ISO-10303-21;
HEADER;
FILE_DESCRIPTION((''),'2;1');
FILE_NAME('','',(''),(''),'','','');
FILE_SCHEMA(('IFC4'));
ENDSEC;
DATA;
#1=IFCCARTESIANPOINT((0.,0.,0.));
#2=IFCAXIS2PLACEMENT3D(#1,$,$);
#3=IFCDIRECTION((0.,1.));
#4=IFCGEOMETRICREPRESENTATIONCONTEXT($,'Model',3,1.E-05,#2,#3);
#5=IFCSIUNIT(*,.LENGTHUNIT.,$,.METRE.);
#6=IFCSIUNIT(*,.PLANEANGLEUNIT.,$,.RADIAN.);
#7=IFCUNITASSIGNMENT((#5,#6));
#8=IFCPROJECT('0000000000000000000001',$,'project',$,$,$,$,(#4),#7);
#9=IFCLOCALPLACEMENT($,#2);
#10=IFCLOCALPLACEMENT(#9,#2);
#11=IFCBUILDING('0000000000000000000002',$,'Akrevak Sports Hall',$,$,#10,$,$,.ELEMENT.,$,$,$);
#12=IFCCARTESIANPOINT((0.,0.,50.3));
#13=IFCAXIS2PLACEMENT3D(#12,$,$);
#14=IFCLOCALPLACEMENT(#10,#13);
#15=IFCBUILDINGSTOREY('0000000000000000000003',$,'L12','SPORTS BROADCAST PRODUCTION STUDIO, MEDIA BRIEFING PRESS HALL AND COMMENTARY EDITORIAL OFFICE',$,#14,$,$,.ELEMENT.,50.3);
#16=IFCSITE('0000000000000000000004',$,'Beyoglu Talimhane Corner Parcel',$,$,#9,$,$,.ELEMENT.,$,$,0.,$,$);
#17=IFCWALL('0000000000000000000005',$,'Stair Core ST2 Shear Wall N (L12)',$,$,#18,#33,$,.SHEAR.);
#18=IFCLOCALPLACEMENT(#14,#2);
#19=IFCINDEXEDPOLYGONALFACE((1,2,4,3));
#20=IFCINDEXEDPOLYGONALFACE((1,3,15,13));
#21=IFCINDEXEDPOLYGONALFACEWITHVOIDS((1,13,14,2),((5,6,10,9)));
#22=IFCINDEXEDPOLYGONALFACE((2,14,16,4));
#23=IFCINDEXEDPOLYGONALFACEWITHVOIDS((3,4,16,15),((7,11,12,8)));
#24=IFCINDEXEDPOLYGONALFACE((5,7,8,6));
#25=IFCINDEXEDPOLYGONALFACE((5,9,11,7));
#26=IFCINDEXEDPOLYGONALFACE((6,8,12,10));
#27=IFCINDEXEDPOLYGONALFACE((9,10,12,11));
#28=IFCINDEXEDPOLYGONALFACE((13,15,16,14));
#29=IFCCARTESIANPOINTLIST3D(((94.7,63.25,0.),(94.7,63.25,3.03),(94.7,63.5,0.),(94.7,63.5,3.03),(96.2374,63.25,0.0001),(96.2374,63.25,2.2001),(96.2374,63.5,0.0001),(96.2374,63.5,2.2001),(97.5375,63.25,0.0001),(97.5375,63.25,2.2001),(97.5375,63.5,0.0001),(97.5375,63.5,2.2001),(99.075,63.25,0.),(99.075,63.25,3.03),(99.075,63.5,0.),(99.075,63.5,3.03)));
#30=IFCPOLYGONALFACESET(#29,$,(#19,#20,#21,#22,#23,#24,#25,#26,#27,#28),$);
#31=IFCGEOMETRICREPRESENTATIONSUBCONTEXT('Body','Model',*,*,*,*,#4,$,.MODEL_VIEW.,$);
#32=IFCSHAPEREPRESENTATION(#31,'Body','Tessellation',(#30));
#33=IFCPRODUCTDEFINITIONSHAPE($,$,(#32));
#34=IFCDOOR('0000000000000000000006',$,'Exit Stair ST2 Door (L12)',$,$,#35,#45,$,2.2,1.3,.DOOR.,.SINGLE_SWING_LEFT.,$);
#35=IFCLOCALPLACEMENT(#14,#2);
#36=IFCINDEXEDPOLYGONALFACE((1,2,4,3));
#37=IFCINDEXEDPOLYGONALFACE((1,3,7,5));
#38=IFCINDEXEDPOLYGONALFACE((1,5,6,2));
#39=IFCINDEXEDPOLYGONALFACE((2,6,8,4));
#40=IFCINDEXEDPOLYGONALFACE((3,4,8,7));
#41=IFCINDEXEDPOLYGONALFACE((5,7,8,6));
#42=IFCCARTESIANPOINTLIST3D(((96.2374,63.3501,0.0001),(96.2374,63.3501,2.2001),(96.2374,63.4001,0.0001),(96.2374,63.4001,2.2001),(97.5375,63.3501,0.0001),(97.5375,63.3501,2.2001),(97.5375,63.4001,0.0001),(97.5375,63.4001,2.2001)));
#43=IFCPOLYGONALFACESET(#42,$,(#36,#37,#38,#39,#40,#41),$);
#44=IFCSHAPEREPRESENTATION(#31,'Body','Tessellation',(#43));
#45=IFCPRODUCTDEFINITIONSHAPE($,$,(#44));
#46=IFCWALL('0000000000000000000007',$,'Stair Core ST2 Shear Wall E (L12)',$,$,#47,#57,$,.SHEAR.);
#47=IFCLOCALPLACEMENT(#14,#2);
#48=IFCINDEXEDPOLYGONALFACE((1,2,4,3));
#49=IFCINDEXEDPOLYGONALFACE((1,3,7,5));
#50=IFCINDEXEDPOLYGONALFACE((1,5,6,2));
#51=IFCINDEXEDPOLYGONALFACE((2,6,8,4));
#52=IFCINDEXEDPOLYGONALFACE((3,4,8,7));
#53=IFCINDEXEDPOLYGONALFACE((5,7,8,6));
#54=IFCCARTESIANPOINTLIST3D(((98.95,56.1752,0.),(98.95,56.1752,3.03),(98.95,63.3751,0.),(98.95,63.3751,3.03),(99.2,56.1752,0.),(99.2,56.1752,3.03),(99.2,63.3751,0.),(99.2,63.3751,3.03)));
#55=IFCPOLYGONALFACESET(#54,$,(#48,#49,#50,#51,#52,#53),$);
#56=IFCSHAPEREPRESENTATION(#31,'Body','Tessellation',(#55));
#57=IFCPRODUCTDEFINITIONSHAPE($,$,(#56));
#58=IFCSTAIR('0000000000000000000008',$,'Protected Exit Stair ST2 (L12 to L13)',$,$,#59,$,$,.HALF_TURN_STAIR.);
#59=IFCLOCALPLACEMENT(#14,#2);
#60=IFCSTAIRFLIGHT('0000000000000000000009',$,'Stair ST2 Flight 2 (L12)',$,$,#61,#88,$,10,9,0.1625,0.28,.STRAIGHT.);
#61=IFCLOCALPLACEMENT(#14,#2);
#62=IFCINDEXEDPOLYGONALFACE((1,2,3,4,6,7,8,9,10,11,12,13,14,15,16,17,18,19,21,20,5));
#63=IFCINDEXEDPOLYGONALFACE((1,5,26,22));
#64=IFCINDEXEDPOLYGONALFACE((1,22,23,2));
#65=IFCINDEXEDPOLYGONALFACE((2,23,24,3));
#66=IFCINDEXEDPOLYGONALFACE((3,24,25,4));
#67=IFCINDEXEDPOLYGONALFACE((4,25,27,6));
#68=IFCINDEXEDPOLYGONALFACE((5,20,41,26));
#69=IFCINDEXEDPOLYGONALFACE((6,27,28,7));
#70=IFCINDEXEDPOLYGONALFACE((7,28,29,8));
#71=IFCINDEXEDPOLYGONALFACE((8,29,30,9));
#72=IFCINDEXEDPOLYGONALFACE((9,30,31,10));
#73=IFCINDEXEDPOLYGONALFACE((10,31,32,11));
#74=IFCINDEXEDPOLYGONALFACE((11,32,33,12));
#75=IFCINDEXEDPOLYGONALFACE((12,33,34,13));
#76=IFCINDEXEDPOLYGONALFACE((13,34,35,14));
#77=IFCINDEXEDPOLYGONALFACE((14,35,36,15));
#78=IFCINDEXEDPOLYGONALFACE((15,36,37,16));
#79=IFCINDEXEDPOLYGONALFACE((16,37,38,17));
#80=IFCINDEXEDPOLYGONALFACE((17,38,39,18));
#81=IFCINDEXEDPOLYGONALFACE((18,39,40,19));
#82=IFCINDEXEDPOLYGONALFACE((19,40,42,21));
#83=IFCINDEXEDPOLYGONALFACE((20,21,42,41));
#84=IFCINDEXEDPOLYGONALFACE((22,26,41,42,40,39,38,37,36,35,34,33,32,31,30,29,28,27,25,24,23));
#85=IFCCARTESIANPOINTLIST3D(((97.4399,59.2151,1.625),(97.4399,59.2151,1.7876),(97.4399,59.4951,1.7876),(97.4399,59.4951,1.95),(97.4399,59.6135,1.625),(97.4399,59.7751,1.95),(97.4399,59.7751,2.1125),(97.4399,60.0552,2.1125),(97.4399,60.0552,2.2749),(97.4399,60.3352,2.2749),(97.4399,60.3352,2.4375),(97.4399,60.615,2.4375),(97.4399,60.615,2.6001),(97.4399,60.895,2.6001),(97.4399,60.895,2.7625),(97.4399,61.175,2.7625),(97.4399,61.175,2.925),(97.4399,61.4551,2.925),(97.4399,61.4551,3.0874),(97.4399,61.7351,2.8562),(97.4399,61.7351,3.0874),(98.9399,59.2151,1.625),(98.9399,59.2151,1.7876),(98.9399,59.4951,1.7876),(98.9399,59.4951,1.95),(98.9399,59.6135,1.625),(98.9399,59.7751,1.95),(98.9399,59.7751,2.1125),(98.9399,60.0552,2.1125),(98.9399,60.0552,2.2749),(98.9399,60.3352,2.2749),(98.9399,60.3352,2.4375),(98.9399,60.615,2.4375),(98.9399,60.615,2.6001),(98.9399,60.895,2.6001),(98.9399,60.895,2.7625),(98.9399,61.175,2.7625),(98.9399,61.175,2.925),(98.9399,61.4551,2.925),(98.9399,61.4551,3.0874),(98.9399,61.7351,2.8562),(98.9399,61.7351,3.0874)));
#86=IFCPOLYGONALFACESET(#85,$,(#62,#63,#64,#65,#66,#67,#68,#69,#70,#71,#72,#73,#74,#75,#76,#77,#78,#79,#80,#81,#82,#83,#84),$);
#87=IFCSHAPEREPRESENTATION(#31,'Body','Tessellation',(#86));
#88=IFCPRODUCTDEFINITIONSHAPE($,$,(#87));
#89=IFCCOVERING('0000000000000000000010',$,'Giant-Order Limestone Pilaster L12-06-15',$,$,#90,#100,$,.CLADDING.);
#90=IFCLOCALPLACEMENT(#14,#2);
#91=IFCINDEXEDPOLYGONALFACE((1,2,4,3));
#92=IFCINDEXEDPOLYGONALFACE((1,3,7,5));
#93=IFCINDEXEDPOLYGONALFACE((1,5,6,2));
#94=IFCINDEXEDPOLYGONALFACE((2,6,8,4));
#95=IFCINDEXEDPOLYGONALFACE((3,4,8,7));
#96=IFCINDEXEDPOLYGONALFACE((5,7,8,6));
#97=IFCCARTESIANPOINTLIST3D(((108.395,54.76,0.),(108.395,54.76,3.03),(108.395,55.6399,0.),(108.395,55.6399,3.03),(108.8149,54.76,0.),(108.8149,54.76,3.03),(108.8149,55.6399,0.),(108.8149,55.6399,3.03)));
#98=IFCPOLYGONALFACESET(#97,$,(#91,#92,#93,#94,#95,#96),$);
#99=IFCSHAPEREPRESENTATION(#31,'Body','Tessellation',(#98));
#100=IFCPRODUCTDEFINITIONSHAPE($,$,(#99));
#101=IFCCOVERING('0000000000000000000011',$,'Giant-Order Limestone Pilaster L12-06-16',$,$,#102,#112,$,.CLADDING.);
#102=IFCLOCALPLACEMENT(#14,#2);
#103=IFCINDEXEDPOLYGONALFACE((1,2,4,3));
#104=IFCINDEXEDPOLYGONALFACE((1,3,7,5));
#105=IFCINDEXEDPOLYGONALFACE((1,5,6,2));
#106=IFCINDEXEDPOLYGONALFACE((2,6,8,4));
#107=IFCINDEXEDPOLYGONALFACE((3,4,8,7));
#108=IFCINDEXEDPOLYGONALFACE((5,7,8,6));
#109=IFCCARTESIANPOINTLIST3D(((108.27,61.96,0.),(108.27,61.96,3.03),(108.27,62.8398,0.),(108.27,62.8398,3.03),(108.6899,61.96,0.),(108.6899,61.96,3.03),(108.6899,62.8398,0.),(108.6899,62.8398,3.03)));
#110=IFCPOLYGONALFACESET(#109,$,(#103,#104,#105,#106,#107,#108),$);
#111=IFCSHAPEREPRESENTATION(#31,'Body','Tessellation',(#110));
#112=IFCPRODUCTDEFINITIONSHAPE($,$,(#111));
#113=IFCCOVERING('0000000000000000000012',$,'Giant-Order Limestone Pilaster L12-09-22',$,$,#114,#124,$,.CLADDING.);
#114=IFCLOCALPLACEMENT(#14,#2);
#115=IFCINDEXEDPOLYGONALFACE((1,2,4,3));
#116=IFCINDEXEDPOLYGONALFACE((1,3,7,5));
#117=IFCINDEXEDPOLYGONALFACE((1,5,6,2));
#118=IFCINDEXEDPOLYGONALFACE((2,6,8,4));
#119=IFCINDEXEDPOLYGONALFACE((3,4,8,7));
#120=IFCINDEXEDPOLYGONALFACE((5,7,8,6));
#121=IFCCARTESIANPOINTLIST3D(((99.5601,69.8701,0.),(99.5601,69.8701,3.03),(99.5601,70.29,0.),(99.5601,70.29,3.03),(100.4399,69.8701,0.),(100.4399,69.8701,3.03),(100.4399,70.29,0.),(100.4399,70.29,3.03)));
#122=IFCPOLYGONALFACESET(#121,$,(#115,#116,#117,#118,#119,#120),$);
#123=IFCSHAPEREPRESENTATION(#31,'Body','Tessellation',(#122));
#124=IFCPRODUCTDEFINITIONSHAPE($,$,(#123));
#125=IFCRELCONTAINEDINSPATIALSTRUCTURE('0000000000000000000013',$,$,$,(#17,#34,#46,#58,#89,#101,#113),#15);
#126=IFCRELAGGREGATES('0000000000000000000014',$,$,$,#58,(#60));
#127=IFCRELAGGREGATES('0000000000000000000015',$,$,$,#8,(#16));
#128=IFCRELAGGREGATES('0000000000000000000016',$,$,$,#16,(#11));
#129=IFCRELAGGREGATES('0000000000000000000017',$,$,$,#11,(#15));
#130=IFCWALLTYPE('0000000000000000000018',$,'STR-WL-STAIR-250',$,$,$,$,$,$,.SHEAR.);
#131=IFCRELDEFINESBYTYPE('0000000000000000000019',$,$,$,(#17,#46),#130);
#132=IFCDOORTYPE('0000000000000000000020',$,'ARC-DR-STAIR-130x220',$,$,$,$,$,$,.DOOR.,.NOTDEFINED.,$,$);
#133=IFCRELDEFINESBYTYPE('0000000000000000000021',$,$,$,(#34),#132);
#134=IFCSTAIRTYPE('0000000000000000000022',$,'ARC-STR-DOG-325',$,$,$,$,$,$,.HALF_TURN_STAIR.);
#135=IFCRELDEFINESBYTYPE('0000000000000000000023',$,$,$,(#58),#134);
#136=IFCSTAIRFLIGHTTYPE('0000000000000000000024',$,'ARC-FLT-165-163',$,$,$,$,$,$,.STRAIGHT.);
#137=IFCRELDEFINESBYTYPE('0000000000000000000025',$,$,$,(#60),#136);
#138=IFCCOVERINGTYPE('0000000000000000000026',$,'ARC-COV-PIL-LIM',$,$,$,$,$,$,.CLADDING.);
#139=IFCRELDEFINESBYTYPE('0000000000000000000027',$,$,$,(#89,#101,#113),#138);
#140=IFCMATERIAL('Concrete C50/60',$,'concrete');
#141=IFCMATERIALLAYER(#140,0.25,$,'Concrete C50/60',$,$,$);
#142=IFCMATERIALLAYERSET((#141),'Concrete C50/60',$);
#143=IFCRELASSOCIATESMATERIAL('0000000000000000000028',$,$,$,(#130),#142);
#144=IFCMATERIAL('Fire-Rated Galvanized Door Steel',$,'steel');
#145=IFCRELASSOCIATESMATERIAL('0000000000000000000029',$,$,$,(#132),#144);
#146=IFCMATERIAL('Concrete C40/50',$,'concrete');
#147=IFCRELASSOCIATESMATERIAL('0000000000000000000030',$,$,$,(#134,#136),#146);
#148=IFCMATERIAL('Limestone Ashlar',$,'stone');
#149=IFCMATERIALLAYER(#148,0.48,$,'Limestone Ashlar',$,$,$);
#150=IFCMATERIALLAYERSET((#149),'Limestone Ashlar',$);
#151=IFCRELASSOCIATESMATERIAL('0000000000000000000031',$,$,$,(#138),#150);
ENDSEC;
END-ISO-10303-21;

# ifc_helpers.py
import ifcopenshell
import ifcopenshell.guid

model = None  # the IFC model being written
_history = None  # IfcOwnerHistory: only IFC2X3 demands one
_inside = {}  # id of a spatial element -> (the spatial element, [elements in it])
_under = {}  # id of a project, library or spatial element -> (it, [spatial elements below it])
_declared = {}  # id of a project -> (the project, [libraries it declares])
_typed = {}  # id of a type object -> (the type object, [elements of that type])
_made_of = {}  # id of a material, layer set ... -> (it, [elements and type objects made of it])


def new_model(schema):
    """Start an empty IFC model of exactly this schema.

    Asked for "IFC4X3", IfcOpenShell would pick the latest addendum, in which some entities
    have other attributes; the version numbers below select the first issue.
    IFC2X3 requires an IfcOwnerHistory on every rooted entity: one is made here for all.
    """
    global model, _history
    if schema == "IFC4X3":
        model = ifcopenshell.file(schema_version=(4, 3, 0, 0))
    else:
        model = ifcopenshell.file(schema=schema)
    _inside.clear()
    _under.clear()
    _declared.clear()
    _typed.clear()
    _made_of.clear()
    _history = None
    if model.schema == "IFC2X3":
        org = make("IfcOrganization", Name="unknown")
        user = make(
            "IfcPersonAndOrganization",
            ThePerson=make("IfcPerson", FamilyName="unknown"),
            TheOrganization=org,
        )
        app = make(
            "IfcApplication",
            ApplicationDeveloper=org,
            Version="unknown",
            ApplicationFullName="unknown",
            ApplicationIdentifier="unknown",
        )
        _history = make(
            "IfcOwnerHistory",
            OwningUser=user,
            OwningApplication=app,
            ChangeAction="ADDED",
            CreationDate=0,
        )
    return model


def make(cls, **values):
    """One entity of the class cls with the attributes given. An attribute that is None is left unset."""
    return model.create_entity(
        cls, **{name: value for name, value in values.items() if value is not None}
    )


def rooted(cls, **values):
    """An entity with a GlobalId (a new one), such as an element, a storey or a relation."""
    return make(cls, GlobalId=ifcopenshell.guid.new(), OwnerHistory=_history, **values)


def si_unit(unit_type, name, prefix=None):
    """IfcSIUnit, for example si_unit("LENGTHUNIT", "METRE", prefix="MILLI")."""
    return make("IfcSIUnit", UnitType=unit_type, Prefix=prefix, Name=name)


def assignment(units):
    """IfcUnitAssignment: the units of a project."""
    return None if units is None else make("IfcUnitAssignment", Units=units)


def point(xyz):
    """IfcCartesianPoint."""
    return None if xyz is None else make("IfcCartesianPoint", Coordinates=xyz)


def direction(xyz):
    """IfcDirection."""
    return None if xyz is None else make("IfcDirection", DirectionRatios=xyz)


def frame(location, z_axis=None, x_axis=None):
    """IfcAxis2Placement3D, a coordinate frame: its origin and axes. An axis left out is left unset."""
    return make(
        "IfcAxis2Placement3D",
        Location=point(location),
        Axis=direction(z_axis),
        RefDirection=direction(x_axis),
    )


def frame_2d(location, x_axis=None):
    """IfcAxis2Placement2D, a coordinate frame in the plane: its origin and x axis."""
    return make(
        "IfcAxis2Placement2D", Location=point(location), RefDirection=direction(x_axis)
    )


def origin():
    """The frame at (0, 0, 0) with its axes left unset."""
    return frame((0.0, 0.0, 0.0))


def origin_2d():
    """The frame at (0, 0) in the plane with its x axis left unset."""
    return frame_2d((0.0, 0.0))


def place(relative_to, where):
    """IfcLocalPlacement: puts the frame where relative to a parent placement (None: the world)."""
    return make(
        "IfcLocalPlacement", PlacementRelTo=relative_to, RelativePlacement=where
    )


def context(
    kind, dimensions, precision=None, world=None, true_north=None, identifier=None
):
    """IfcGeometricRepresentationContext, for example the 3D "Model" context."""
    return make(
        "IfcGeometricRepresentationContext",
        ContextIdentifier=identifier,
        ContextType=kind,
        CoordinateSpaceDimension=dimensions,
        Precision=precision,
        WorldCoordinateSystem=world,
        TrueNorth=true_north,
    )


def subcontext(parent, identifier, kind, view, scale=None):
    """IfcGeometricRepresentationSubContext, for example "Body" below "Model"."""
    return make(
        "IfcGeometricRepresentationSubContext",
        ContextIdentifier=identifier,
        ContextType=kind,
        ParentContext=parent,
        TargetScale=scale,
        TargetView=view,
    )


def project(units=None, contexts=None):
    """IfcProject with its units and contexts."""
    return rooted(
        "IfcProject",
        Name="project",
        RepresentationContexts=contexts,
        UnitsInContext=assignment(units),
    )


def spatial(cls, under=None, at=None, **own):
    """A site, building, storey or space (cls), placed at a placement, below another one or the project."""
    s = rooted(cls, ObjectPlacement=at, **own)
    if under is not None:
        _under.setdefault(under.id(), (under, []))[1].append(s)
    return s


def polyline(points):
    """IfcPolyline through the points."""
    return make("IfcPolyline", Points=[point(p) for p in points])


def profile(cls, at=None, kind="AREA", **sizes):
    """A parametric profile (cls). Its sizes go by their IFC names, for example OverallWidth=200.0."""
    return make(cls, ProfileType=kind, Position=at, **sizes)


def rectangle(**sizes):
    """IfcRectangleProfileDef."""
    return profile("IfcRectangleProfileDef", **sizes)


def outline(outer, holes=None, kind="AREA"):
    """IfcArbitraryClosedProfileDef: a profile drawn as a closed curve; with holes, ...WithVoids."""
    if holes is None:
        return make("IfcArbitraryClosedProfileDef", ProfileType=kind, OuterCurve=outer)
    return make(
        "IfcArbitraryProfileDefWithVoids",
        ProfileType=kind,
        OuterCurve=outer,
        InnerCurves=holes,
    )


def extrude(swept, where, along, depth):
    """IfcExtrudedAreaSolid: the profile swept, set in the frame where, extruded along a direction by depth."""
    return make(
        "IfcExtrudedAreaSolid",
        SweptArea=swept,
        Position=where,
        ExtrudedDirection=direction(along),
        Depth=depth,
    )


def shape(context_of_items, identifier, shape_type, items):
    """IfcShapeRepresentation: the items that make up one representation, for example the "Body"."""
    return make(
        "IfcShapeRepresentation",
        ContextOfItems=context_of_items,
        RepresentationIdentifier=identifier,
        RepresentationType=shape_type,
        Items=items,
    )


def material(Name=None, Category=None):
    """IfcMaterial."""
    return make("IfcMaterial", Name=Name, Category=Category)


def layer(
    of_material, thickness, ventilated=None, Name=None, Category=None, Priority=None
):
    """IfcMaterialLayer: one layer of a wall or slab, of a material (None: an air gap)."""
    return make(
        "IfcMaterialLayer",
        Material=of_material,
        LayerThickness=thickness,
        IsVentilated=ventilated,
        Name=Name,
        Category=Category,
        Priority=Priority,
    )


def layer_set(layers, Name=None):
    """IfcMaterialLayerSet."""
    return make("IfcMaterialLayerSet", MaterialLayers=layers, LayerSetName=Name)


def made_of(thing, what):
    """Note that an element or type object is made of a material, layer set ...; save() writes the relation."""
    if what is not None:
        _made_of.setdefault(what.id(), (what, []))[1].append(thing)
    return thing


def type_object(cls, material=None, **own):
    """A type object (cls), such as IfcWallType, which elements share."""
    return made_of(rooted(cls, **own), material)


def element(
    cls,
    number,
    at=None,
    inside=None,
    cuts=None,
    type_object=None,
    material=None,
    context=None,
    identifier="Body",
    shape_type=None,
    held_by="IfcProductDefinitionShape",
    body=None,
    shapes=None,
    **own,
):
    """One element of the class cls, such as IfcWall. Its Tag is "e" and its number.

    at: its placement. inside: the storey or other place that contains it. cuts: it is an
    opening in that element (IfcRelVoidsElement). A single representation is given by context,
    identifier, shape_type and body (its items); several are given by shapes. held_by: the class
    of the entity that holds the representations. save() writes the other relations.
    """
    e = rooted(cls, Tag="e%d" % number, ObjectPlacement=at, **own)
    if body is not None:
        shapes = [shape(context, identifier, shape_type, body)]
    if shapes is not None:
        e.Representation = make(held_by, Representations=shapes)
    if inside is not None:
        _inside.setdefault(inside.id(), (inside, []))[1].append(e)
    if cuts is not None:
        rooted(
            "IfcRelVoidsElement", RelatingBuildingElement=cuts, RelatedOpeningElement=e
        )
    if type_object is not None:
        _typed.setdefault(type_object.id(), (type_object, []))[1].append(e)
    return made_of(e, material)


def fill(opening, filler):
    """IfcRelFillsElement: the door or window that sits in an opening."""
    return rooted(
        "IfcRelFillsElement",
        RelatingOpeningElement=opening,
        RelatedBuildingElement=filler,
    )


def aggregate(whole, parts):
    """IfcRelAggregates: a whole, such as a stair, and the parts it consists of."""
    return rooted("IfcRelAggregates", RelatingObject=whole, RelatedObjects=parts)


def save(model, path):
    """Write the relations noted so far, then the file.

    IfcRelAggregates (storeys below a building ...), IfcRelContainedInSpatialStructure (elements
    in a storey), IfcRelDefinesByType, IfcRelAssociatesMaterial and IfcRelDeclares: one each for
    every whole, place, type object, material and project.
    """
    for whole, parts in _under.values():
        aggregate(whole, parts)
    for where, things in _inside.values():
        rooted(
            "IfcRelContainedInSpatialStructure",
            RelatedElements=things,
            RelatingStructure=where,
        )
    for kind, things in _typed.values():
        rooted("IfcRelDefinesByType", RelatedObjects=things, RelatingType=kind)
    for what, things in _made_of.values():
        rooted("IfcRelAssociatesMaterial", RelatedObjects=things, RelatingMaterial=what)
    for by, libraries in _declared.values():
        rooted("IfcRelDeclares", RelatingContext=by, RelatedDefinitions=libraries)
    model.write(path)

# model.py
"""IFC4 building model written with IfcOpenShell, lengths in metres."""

from ifc_helpers import new_model, si_unit, direction, frame, frame_2d, origin, origin_2d, place, context, subcontext, project, spatial, polyline, rectangle, outline, extrude, material, layer, layer_set, type_object, element, fill, aggregate, save


model = new_model("IFC4")

# Units and contexts
model_context = context("Model", 3, precision=1e-05, world=origin(), true_north=direction((0.0, 1.0)))
body_context = subcontext(model_context, "Body", "Model", "MODEL_VIEW")
ifc_project = project(units=[si_unit("LENGTHUNIT", "METRE"), si_unit("PLANEANGLEUNIT", "RADIAN")], contexts=[model_context])

# Site, building, storey
site_placement = place(None, origin())
site = spatial("IfcSite", under=ifc_project, at=site_placement, Name="Beyoglu Talimhane Corner Parcel", CompositionType="ELEMENT", RefElevation=0.0)
building_placement = place(site_placement, origin())
building = spatial("IfcBuilding", under=site, at=building_placement, Name="Akrevak Sports Hall", CompositionType="ELEMENT")
storey_placement = place(building_placement, frame((0.0, 0.0, 50.3)))
storey = spatial("IfcBuildingStorey", under=building, at=storey_placement, Name="L12", Description="SPORTS BROADCAST PRODUCTION STUDIO, MEDIA BRIEFING PRESS HALL AND COMMENTARY EDITORIAL OFFICE", CompositionType="ELEMENT", Elevation=50.3)

# Shared definitions
ifc_material_1 = material(Name="Concrete C40/50", Category="concrete")
ifc_material_2 = material(Name="Concrete C50/60", Category="concrete")

# Shared definitions
ifc_material_3 = material(Name="Limestone Ashlar", Category="stone")

# Wall, opening, door
ifc_layer_1 = layer(ifc_material_2, 0.25, Name="Concrete C50/60")
ifc_layer_set_1 = layer_set([ifc_layer_1], Name="Concrete C50/60")
wall_type_1 = type_object("IfcWallType", Name="STR-WL-STAIR-250", PredefinedType="SHEAR", material=ifc_layer_set_1)
wall_1_placement = place(storey_placement, frame((99.075, 63.375, 0.0), z_axis=(0.0, 0.0, 1.0), x_axis=(-1.0, 0.0, 0.0)))
wall_1 = element("IfcWall", 1, at=wall_1_placement, inside=storey, type_object=wall_type_1, Name="Stair Core ST2 Shear Wall N (L12)", PredefinedType="SHEAR", context=body_context, shape_type="SweptSolid", body=[
    extrude(rectangle(XDim=4.375, YDim=0.25, at=frame_2d((2.1875, 0.0))), origin(), (0.0, 0.0, 1.0), 3.03),
])
opening_1_placement = place(wall_1_placement, frame((1.5376, 0.0, 0.0)))
opening_1 = element("IfcOpeningElement", 2, at=opening_1_placement, cuts=wall_1, PredefinedType="OPENING", context=body_context, shape_type="SweptSolid", body=[
    extrude(rectangle(XDim=1.3, YDim=2.2, at=frame_2d((0.6499, 1.1001))), frame((0.0, 0.137, 0.0), z_axis=(0.0, -1.0, 0.0), x_axis=(1.0, 0.0, 0.0)), (0.0, 0.0, 1.0), 0.2739),
])
ifc_material_4 = material(Name="Fire-Rated Galvanized Door Steel", Category="steel")
door_type = type_object("IfcDoorType", Name="ARC-DR-STAIR-130x220", OperationType="NOTDEFINED", PredefinedType="DOOR", material=ifc_material_4)
door_placement = place(opening_1_placement, origin())
door = element("IfcDoor", 3, at=door_placement, inside=storey, type_object=door_type, Name="Exit Stair ST2 Door (L12)", OperationType="SINGLE_SWING_LEFT", OverallHeight=2.2, OverallWidth=1.3, PredefinedType="DOOR", context=body_context, shape_type="SweptSolid", body=[
    extrude(rectangle(XDim=1.3, YDim=2.2, at=frame_2d((0.6499, 1.1001))), frame((0.0, 0.0249, 0.0), z_axis=(0.0, -1.0, 0.0), x_axis=(1.0, 0.0, 0.0)), (0.0, 0.0, 1.0), 0.05),
])
fill(opening_1, door)

# Wall
wall_2_placement = place(storey_placement, frame((99.075, 56.175, 0.0), z_axis=(0.0, 0.0, 1.0), x_axis=(0.0, 1.0, 0.0)))
element("IfcWall", 4, at=wall_2_placement, inside=storey, type_object=wall_type_1, Name="Stair Core ST2 Shear Wall E (L12)", PredefinedType="SHEAR", context=body_context, shape_type="SweptSolid", body=[
    extrude(rectangle(XDim=7.2, YDim=0.25, at=frame_2d((3.6001, 0.0))), origin(), (0.0, 0.0, 1.0), 3.03),
])

# Stair, stair flight
stair_type = type_object("IfcStairType", Name="ARC-STR-DOG-325", PredefinedType="HALF_TURN_STAIR", material=ifc_material_1)
stair_placement = place(storey_placement, origin())
stair = element("IfcStair", 5, at=stair_placement, inside=storey, type_object=stair_type, Name="Protected Exit Stair ST2 (L12 to L13)", PredefinedType="HALF_TURN_STAIR")
stair_flight_type = type_object("IfcStairFlightType", Name="ARC-FLT-165-163", PredefinedType="STRAIGHT", material=ifc_material_1)
stair_flight_placement = place(storey_placement, frame((98.1899, 59.2151, 1.625), z_axis=(0.0, 0.0, 1.0), x_axis=(0.0, 1.0, 0.0)))
stair_flight = element("IfcStairFlight", 6, at=stair_flight_placement, type_object=stair_flight_type, Name="Stair ST2 Flight 2 (L12)", NumberOfRisers=10, NumberOfTreads=9, PredefinedType="STRAIGHT", RiserHeight=0.1625, TreadLength=0.28, context=body_context, shape_type="SweptSolid", body=[
    extrude(outline(polyline([(0.0, 0.0), (0.0, 0.1626), (0.28, 0.1626), (0.28, 0.325), (0.5601, 0.325), (0.5601, 0.4875), (0.8401, 0.4875), (0.8401, 0.6499), (1.1201, 0.6499), (1.1201, 0.8125), (1.3999, 0.8125), (1.3999, 0.9751), (1.6799, 0.9751), (1.6799, 1.1375), (1.96, 1.1375), (1.96, 1.3), (2.24, 1.3), (2.24, 1.4624), (2.52, 1.4624), (2.52, 1.625), (2.52, 1.2312), (0.3984, 0.0), (0.0, 0.0)])), frame((0.0, 0.75, 0.0), z_axis=(0.0, -1.0, 0.0), x_axis=(1.0, 0.0, 0.0)), (0.0, 0.0, 1.0), 1.5),
])
aggregate(stair, [stair_flight])

# Coverings
ifc_layer_2 = layer(ifc_material_3, 0.48, Name="Limestone Ashlar")
ifc_layer_set_2 = layer_set([ifc_layer_2], Name="Limestone Ashlar")
covering_type = type_object("IfcCoveringType", Name="ARC-COV-PIL-LIM", PredefinedType="CLADDING", material=ifc_layer_set_2)
for number, where, z_axis, x_axis, name in (
    (7, (108.605, 55.2, 0.0), (0.0, 0.0, 1.0), (0.0, 1.0, 0.0), "Giant-Order Limestone Pilaster L12-06-15"),
    (8, (108.48, 62.3999, 0.0), (0.0, 0.0, 1.0), (0.0, 1.0, 0.0), "Giant-Order Limestone Pilaster L12-06-16"),
    (9, (100.0, 70.0801, 0.0), (0.0, 0.0, 1.0), (-1.0, 0.0, 0.0), "Giant-Order Limestone Pilaster L12-09-22"),
):
    element("IfcCovering", number, at=place(storey_placement, frame(where, z_axis=z_axis, x_axis=x_axis)), inside=storey, type_object=covering_type, Name=name, PredefinedType="CLADDING", context=body_context, shape_type="SweptSolid", body=[
        extrude(rectangle(XDim=0.8799, YDim=0.4199, at=origin_2d()), origin(), (0.0, 0.0, 1.0), 3.03),
    ])

save(model, "model.ifc")
